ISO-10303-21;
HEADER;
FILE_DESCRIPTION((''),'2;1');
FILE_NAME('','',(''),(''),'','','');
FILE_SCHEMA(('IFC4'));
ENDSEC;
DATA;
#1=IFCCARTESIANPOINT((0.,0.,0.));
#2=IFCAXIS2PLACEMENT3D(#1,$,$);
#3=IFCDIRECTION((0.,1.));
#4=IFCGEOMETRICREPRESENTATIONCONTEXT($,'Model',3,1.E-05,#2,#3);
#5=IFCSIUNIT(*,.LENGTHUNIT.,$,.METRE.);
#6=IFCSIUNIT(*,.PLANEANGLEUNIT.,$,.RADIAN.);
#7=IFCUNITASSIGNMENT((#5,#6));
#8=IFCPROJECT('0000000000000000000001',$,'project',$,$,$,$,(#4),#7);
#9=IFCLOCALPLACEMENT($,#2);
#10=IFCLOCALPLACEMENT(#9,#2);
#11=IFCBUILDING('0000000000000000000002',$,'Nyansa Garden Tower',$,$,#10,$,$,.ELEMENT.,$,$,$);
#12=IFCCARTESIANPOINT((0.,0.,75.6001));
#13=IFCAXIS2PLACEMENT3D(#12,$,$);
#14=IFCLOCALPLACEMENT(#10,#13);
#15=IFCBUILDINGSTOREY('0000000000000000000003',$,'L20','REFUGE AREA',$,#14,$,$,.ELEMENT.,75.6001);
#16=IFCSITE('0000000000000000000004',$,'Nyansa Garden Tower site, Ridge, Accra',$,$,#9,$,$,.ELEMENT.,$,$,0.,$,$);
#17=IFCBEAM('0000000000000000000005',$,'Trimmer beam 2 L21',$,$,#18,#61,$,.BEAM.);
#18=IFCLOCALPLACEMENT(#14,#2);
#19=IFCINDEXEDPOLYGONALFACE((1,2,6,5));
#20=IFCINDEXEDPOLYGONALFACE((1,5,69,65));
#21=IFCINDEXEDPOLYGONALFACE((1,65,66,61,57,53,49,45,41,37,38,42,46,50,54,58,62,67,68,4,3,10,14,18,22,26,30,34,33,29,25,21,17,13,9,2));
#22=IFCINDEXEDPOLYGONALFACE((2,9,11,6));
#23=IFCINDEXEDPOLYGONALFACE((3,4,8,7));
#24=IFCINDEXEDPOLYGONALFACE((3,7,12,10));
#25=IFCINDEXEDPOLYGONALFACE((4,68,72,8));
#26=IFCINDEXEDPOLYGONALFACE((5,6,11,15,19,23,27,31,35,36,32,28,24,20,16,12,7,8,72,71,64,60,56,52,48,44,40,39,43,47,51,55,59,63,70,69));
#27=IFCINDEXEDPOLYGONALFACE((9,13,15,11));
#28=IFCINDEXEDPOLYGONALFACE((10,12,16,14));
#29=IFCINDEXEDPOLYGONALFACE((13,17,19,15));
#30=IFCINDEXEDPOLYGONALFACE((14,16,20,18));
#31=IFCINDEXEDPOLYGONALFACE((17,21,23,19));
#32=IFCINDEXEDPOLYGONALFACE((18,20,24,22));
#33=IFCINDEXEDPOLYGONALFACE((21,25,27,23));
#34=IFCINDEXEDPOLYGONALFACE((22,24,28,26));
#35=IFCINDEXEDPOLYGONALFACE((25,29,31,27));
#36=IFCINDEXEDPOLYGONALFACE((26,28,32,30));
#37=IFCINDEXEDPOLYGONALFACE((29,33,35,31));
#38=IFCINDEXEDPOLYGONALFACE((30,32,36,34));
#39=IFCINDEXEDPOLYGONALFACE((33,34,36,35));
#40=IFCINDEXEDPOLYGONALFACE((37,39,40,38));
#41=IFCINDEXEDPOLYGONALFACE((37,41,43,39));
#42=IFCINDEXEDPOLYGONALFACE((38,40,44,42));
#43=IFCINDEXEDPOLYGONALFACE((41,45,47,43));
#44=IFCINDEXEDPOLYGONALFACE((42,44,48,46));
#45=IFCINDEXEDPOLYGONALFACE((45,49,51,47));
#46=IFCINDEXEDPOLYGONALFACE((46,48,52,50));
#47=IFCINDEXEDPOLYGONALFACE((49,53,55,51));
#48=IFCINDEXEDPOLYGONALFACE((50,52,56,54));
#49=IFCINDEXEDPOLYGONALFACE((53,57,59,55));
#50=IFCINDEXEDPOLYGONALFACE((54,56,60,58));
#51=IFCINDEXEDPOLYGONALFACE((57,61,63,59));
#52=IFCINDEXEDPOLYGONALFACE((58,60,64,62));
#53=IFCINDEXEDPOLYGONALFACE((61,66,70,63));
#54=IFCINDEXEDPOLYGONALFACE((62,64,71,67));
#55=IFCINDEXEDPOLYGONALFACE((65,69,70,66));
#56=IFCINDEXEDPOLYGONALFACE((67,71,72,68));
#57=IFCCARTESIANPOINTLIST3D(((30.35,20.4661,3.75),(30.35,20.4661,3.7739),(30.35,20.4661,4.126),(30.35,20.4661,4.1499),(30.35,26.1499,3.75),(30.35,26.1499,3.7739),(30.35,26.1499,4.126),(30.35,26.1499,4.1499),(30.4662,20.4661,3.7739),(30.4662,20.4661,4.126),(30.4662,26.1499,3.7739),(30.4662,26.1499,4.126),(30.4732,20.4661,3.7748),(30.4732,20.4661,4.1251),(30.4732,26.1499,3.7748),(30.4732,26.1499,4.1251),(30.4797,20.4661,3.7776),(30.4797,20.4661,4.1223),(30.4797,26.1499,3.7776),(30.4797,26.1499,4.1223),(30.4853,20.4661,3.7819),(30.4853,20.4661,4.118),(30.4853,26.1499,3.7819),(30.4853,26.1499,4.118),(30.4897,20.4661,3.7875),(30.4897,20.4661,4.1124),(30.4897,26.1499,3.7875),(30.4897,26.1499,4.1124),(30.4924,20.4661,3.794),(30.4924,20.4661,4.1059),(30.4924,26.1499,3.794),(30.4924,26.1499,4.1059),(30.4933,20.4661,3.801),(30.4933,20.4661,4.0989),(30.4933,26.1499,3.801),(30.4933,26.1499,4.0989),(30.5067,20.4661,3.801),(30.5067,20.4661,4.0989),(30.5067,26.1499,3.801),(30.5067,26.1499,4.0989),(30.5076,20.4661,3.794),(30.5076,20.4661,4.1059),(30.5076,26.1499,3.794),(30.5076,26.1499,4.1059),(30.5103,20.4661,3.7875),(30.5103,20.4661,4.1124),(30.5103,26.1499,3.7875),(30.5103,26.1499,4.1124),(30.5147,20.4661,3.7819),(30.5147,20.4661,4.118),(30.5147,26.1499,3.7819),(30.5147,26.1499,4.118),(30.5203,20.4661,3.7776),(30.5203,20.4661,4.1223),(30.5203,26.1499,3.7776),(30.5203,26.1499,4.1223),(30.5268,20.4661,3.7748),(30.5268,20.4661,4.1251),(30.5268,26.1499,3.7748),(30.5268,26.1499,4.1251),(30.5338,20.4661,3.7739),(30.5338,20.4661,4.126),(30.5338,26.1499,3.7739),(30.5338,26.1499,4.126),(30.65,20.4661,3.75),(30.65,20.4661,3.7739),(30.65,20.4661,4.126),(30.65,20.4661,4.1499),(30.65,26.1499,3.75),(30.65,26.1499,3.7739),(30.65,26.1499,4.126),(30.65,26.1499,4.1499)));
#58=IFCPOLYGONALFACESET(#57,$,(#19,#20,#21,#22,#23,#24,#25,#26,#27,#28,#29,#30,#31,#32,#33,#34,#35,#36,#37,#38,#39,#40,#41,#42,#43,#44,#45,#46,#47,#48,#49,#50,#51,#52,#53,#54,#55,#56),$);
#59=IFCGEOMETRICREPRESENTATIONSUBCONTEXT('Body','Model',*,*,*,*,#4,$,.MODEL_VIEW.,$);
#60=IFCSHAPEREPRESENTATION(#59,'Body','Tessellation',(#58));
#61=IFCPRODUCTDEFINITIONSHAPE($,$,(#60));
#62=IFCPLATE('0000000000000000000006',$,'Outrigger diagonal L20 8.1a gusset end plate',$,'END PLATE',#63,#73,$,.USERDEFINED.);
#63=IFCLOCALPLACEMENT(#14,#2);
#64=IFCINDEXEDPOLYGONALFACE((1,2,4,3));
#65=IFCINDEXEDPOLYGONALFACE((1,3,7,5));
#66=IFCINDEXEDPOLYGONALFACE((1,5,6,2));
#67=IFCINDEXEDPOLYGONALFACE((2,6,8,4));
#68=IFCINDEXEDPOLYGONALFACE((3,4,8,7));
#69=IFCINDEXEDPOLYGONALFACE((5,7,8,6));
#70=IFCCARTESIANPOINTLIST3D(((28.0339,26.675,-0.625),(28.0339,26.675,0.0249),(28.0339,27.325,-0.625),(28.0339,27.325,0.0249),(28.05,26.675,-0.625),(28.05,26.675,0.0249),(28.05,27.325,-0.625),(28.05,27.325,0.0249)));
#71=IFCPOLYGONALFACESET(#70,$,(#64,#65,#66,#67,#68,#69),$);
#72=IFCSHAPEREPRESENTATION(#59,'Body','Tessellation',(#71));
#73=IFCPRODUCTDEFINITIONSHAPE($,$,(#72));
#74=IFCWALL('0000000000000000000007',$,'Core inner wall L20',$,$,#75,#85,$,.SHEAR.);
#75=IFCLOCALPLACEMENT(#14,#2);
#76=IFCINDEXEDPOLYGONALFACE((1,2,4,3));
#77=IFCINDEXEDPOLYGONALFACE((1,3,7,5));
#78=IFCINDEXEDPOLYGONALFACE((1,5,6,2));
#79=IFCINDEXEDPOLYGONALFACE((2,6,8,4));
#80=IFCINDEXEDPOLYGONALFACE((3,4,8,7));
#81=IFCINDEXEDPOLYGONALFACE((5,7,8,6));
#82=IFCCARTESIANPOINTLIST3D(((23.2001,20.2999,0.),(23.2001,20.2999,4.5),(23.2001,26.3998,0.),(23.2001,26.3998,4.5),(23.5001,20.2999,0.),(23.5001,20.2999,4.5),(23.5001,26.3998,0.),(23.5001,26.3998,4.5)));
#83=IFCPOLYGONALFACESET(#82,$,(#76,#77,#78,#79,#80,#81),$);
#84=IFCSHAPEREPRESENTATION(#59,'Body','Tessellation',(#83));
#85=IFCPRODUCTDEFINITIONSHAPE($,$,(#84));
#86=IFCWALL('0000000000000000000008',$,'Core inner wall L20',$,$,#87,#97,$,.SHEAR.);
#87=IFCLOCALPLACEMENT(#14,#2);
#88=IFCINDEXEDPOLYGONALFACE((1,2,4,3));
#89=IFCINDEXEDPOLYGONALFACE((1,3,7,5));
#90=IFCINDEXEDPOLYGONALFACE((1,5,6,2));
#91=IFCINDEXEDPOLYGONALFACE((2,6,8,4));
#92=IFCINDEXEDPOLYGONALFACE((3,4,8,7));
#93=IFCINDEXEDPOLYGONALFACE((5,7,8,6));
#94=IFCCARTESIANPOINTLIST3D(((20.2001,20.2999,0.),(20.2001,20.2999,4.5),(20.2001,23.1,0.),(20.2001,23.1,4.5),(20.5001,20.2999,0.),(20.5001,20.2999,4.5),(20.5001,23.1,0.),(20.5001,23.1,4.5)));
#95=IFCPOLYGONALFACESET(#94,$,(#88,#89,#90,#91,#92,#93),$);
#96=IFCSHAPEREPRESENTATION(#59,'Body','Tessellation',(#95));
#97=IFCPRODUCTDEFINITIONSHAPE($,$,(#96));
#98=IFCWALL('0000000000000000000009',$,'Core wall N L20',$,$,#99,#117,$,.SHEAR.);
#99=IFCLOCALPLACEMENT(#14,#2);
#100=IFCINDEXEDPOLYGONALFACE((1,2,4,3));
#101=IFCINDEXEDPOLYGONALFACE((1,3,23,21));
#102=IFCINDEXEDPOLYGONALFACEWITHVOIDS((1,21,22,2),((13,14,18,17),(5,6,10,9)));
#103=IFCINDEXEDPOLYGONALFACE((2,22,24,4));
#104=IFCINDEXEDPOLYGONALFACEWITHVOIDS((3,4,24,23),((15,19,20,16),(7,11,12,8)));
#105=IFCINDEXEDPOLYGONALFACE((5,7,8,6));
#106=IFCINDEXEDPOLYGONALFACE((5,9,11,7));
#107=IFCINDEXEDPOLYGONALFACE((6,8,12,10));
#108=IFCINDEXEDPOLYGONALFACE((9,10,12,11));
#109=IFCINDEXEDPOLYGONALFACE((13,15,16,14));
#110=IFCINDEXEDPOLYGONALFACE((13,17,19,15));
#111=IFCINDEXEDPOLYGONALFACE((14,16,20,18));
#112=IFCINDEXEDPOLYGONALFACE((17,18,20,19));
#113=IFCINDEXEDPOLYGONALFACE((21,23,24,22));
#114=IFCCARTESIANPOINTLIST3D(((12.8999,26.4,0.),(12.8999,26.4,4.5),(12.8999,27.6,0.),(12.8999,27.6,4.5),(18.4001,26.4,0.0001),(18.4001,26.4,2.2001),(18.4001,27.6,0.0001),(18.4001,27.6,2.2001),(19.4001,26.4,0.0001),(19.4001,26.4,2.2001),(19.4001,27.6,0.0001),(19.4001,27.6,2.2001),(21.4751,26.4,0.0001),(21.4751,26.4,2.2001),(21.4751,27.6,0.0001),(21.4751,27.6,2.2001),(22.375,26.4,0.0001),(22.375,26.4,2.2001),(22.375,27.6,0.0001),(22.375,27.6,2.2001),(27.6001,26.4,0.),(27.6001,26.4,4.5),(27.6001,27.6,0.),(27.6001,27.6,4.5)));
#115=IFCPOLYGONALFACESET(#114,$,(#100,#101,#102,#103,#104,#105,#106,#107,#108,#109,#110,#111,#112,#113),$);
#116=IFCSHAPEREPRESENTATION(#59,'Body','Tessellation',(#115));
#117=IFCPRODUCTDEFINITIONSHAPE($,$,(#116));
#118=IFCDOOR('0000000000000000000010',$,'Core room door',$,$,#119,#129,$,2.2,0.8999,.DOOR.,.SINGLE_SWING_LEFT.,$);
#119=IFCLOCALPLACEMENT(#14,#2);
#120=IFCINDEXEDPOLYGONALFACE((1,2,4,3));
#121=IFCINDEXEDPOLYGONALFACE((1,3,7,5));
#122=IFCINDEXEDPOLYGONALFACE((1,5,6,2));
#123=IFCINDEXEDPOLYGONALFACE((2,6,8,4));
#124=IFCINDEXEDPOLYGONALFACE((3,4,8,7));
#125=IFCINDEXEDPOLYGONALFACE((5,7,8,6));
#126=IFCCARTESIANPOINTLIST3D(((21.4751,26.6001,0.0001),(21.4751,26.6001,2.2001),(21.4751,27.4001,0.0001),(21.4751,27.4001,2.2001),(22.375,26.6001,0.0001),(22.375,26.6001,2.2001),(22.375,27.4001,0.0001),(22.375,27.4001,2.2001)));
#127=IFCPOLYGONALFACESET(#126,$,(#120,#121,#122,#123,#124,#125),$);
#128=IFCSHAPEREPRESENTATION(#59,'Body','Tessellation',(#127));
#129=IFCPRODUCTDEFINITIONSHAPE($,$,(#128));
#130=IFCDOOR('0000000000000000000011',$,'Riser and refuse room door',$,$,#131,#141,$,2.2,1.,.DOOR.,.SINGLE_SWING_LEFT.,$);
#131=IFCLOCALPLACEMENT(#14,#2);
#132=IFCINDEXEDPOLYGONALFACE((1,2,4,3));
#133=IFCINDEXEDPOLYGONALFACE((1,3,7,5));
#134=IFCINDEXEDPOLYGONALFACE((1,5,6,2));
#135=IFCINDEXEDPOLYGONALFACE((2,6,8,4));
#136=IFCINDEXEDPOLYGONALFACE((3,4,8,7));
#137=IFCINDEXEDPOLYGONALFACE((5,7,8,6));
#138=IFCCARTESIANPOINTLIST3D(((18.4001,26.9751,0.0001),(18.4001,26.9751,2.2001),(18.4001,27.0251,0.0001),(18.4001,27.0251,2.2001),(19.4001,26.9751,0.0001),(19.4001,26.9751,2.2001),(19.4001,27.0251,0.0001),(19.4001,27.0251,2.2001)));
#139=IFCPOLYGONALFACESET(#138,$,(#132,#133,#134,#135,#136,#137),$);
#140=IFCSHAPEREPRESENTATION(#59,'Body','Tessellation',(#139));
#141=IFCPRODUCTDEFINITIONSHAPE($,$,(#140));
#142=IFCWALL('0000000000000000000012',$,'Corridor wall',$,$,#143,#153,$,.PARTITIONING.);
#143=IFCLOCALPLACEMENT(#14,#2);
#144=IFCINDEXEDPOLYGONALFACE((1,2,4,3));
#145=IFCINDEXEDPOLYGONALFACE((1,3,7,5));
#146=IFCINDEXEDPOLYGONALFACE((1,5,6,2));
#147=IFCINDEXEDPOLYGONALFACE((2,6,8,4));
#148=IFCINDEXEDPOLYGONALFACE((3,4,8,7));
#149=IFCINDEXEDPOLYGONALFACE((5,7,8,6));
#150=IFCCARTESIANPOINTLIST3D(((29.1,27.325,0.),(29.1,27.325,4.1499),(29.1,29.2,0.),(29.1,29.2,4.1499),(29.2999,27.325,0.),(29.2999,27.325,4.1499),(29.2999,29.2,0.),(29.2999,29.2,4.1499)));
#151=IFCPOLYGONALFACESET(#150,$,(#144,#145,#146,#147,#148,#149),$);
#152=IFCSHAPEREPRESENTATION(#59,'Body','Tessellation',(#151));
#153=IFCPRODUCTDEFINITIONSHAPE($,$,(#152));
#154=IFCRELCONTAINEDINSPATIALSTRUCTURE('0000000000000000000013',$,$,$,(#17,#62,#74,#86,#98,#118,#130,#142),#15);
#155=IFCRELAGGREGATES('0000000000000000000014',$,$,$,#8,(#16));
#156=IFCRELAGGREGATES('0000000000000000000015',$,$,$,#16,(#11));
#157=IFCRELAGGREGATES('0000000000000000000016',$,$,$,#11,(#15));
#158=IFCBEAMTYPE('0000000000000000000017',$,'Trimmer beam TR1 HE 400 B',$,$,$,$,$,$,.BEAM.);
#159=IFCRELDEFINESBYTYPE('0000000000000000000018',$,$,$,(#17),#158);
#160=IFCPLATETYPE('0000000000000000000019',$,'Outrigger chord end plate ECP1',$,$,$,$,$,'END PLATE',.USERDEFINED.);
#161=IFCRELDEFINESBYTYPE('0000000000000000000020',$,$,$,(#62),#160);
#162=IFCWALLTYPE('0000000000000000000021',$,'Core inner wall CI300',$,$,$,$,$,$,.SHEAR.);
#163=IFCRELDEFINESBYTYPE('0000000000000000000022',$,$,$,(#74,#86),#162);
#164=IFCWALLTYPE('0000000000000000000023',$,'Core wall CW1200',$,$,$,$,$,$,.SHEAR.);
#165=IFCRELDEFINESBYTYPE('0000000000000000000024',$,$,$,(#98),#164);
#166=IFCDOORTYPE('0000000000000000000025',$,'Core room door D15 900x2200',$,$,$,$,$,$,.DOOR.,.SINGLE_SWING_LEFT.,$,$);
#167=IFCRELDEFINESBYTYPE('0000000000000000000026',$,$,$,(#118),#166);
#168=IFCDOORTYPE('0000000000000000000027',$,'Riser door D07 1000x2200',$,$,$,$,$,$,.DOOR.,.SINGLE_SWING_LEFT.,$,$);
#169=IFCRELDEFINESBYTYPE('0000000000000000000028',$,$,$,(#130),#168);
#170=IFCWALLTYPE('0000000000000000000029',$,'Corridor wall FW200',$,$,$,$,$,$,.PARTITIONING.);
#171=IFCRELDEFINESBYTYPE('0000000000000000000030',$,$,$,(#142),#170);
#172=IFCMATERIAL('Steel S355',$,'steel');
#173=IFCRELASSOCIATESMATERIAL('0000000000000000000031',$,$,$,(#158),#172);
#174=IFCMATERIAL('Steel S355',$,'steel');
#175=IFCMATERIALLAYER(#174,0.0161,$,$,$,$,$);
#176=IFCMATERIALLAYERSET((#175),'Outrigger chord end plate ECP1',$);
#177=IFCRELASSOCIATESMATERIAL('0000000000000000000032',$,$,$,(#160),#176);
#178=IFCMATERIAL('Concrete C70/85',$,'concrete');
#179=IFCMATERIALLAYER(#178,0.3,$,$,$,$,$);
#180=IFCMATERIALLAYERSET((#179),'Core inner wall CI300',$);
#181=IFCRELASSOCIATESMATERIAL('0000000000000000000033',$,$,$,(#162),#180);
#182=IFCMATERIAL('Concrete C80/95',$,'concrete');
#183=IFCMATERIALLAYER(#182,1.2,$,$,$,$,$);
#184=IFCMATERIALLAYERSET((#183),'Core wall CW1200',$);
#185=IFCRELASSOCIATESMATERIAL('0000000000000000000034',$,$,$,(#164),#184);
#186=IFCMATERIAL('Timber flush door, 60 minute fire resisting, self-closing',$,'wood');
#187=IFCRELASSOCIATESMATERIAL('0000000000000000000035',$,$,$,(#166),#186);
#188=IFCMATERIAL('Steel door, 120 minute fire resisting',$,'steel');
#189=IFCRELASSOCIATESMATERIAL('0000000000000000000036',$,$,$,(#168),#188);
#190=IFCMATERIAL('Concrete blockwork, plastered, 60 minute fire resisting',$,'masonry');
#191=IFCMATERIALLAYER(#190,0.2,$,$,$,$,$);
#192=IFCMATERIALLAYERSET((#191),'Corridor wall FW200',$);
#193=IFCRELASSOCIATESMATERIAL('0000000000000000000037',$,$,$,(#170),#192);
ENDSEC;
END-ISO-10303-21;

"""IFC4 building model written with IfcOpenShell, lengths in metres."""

from ifc_helpers import new_model, si_unit, direction, frame, frame_2d, origin, origin_2d, place, context, subcontext, project, spatial, rectangle, i_section, extrude, material, layer, layer_set, material_profile, profile_set, type_object, element, fill, save


model = new_model("IFC4")

# Units and contexts
model_context = context("Model", 3, precision=1e-05, world=origin(), true_north=direction((0.0, 1.0)))
body_context = subcontext(model_context, "Body", "Model", "MODEL_VIEW")
ifc_project = project(units=[si_unit("LENGTHUNIT", "METRE"), si_unit("PLANEANGLEUNIT", "RADIAN")], contexts=[model_context])

# Site, building, storey
site_placement = place(None, origin())
site = spatial("IfcSite", under=ifc_project, at=site_placement, Name="Nyansa Garden Tower site, Ridge, Accra", CompositionType="ELEMENT", RefElevation=0.0)
building_placement = place(site_placement, origin())
building = spatial("IfcBuilding", under=site, at=building_placement, Name="Nyansa Garden Tower", CompositionType="ELEMENT")
storey_placement = place(building_placement, frame((0.0, 0.0, 75.6001)))
storey = spatial("IfcBuildingStorey", under=building, at=storey_placement, Name="L20", Description="REFUGE AREA", CompositionType="ELEMENT", Elevation=75.6001)

# Beam
ifc_material_1 = material(Name="Steel S355", Category="steel")
ifc_material_profile_1 = material_profile(ifc_material_1, i_section(OverallWidth=0.3, OverallDepth=0.3999, WebThickness=0.0134, FlangeThickness=0.0239, FilletRadius=0.0271, at=origin_2d()), Name="HE 400 B")
ifc_profile_set_1 = profile_set([ifc_material_profile_1], Name="Steel S355")
beam_type_1 = type_object("IfcBeamType", Name="Trimmer beam TR1 HE 400 B", PredefinedType="BEAM", material=ifc_profile_set_1)
beam_placement = place(storey_placement, frame((30.5, 20.4661, 3.95), z_axis=(0.0, 1.0, 0.0), x_axis=(-1.0, 0.0, 0.0)))
element("IfcBeam", 1, at=beam_placement, inside=storey, type_object=beam_type_1, Name="Trimmer beam 2 L21", PredefinedType="BEAM", context=body_context, shape_type="SweptSolid", body=[
    extrude(i_section(OverallWidth=0.3, OverallDepth=0.3999, WebThickness=0.0134, FlangeThickness=0.0239, FilletRadius=0.0271, at=origin_2d()), origin(), (0.0, 0.0, 1.0), 5.6838),
])

# Plate
ifc_material_2 = material(Name="Steel S355", Category="steel")
ifc_layer_1 = layer(ifc_material_2, 0.0161)
ifc_layer_set_1 = layer_set([ifc_layer_1], Name="Outrigger chord end plate ECP1")
plate_type = type_object("IfcPlateType", Name="Outrigger chord end plate ECP1", ElementType="END PLATE", PredefinedType="USERDEFINED", material=ifc_layer_set_1)
plate_placement = place(storey_placement, frame((28.042, 27.0, -0.625), z_axis=(0.0, 0.0, 1.0), x_axis=(1.0, 0.0, 0.0)))
element("IfcPlate", 2, at=plate_placement, inside=storey, type_object=plate_type, Name="Outrigger diagonal L20 8.1a gusset end plate", ObjectType="END PLATE", PredefinedType="USERDEFINED", context=body_context, shape_type="SweptSolid", body=[
    extrude(rectangle(XDim=0.0161, YDim=0.6499, at=origin_2d()), origin(), (0.0, 0.0, 1.0), 0.6499),
])

# Walls
ifc_material_3 = material(Name="Concrete C70/85", Category="concrete")
ifc_layer_2 = layer(ifc_material_3, 0.3)
ifc_layer_set_2 = layer_set([ifc_layer_2], Name="Core inner wall CI300")
wall_type_1 = type_object("IfcWallType", Name="Core inner wall CI300", PredefinedType="SHEAR", material=ifc_layer_set_2)
wall_1_placement = place(storey_placement, frame((23.3501, 20.3, 0.0), z_axis=(0.0, 0.0, 1.0), x_axis=(0.0, 1.0, 0.0)))
element("IfcWall", 3, at=wall_1_placement, inside=storey, type_object=wall_type_1, Name="Core inner wall L20", PredefinedType="SHEAR", context=body_context, shape_type="SweptSolid", body=[
    extrude(rectangle(XDim=6.0999, YDim=0.3, at=frame_2d((3.0498, 0.0))), origin(), (0.0, 0.0, 1.0), 4.5),
])
wall_2_placement = place(storey_placement, frame((20.3501, 20.3, 0.0), z_axis=(0.0, 0.0, 1.0), x_axis=(0.0, 1.0, 0.0)))
element("IfcWall", 4, at=wall_2_placement, inside=storey, type_object=wall_type_1, Name="Core inner wall L20", PredefinedType="SHEAR", context=body_context, shape_type="SweptSolid", body=[
    extrude(rectangle(XDim=2.8, YDim=0.3, at=frame_2d((1.3999, 0.0))), origin(), (0.0, 0.0, 1.0), 4.5),
])

# Wall, openings, doors
ifc_material_4 = material(Name="Concrete C80/95", Category="concrete")
ifc_layer_3 = layer(ifc_material_4, 1.2)
ifc_layer_set_3 = layer_set([ifc_layer_3], Name="Core wall CW1200")
wall_type_2 = type_object("IfcWallType", Name="Core wall CW1200", PredefinedType="SHEAR", material=ifc_layer_set_3)
wall_3_placement = place(storey_placement, frame((27.6001, 27.0, 0.0), z_axis=(0.0, 0.0, 1.0), x_axis=(-1.0, 0.0, 0.0)))
wall_3 = element("IfcWall", 5, at=wall_3_placement, inside=storey, type_object=wall_type_2, Name="Core wall N L20", PredefinedType="SHEAR", context=body_context, shape_type="SweptSolid", body=[
    extrude(rectangle(XDim=14.7002, YDim=1.2, at=frame_2d((7.3501, 0.0))), origin(), (0.0, 0.0, 1.0), 4.5),
])
opening_1_placement = place(wall_3_placement, frame((5.2251, 0.0, 0.0)))
opening_1 = element("IfcOpeningElement", 6, at=opening_1_placement, cuts=wall_3, PredefinedType="OPENING", context=body_context, shape_type="SweptSolid", body=[
    extrude(rectangle(XDim=0.8999, YDim=2.2, at=frame_2d((0.45, 1.1001))), frame((0.0, 0.6099, 0.0), z_axis=(0.0, -1.0, 0.0), x_axis=(1.0, 0.0, 0.0)), (0.0, 0.0, 1.0), 1.22),
])
opening_2_placement = place(wall_3_placement, frame((8.2, 0.0, 0.0)))
opening_2 = element("IfcOpeningElement", 7, at=opening_2_placement, cuts=wall_3, PredefinedType="OPENING", context=body_context, shape_type="SweptSolid", body=[
    extrude(rectangle(XDim=1.0, YDim=2.2, at=frame_2d((0.5, 1.1001))), frame((0.0, 0.6099, 0.0), z_axis=(0.0, -1.0, 0.0), x_axis=(1.0, 0.0, 0.0)), (0.0, 0.0, 1.0), 1.22),
])
ifc_material_5 = material(Name="Timber flush door, 60 minute fire resisting, self-closing", Category="wood")
door_type_1 = type_object("IfcDoorType", Name="Core room door D15 900x2200", OperationType="SINGLE_SWING_LEFT", PredefinedType="DOOR", material=ifc_material_5)
door_1_placement = place(opening_1_placement, origin())
door_1 = element("IfcDoor", 8, at=door_1_placement, inside=storey, type_object=door_type_1, Name="Core room door", OperationType="SINGLE_SWING_LEFT", OverallHeight=2.2, OverallWidth=0.8999, PredefinedType="DOOR", context=body_context, shape_type="SweptSolid", body=[
    extrude(rectangle(XDim=0.8999, YDim=2.2, at=frame_2d((0.45, 1.1001))), frame((0.0, 0.3999, 0.0), z_axis=(0.0, -1.0, 0.0), x_axis=(1.0, 0.0, 0.0)), (0.0, 0.0, 1.0), 0.8),
])
fill(opening_1, door_1)
ifc_material_6 = material(Name="Steel door, 120 minute fire resisting", Category="steel")
door_type_2 = type_object("IfcDoorType", Name="Riser door D07 1000x2200", OperationType="SINGLE_SWING_LEFT", PredefinedType="DOOR", material=ifc_material_6)
door_2_placement = place(opening_2_placement, origin())
door_2 = element("IfcDoor", 9, at=door_2_placement, inside=storey, type_object=door_type_2, Name="Riser and refuse room door", OperationType="SINGLE_SWING_LEFT", OverallHeight=2.2, OverallWidth=1.0, PredefinedType="DOOR", context=body_context, shape_type="SweptSolid", body=[
    extrude(rectangle(XDim=1.0, YDim=2.2, at=frame_2d((0.5, 1.1001))), frame((0.0, 0.0249, 0.0), z_axis=(0.0, -1.0, 0.0), x_axis=(1.0, 0.0, 0.0)), (0.0, 0.0, 1.0), 0.05),
])
fill(opening_2, door_2)

# Wall
ifc_material_7 = material(Name="Concrete blockwork, plastered, 60 minute fire resisting", Category="masonry")
ifc_layer_4 = layer(ifc_material_7, 0.2)
ifc_layer_set_4 = layer_set([ifc_layer_4], Name="Corridor wall FW200")
wall_type_3 = type_object("IfcWallType", Name="Corridor wall FW200", PredefinedType="PARTITIONING", material=ifc_layer_set_4)
wall_4_placement = place(storey_placement, frame((29.2, 27.325, 0.0), z_axis=(0.0, 0.0, 1.0), x_axis=(0.0, 1.0, 0.0)))
element("IfcWall", 10, at=wall_4_placement, inside=storey, type_object=wall_type_3, Name="Corridor wall", PredefinedType="PARTITIONING", context=body_context, shape_type="SweptSolid", body=[
    extrude(rectangle(XDim=1.875, YDim=0.2, at=frame_2d((0.9375, 0.0))), origin(), (0.0, 0.0, 1.0), 4.1499),
])

save(model, "model.ifc")
